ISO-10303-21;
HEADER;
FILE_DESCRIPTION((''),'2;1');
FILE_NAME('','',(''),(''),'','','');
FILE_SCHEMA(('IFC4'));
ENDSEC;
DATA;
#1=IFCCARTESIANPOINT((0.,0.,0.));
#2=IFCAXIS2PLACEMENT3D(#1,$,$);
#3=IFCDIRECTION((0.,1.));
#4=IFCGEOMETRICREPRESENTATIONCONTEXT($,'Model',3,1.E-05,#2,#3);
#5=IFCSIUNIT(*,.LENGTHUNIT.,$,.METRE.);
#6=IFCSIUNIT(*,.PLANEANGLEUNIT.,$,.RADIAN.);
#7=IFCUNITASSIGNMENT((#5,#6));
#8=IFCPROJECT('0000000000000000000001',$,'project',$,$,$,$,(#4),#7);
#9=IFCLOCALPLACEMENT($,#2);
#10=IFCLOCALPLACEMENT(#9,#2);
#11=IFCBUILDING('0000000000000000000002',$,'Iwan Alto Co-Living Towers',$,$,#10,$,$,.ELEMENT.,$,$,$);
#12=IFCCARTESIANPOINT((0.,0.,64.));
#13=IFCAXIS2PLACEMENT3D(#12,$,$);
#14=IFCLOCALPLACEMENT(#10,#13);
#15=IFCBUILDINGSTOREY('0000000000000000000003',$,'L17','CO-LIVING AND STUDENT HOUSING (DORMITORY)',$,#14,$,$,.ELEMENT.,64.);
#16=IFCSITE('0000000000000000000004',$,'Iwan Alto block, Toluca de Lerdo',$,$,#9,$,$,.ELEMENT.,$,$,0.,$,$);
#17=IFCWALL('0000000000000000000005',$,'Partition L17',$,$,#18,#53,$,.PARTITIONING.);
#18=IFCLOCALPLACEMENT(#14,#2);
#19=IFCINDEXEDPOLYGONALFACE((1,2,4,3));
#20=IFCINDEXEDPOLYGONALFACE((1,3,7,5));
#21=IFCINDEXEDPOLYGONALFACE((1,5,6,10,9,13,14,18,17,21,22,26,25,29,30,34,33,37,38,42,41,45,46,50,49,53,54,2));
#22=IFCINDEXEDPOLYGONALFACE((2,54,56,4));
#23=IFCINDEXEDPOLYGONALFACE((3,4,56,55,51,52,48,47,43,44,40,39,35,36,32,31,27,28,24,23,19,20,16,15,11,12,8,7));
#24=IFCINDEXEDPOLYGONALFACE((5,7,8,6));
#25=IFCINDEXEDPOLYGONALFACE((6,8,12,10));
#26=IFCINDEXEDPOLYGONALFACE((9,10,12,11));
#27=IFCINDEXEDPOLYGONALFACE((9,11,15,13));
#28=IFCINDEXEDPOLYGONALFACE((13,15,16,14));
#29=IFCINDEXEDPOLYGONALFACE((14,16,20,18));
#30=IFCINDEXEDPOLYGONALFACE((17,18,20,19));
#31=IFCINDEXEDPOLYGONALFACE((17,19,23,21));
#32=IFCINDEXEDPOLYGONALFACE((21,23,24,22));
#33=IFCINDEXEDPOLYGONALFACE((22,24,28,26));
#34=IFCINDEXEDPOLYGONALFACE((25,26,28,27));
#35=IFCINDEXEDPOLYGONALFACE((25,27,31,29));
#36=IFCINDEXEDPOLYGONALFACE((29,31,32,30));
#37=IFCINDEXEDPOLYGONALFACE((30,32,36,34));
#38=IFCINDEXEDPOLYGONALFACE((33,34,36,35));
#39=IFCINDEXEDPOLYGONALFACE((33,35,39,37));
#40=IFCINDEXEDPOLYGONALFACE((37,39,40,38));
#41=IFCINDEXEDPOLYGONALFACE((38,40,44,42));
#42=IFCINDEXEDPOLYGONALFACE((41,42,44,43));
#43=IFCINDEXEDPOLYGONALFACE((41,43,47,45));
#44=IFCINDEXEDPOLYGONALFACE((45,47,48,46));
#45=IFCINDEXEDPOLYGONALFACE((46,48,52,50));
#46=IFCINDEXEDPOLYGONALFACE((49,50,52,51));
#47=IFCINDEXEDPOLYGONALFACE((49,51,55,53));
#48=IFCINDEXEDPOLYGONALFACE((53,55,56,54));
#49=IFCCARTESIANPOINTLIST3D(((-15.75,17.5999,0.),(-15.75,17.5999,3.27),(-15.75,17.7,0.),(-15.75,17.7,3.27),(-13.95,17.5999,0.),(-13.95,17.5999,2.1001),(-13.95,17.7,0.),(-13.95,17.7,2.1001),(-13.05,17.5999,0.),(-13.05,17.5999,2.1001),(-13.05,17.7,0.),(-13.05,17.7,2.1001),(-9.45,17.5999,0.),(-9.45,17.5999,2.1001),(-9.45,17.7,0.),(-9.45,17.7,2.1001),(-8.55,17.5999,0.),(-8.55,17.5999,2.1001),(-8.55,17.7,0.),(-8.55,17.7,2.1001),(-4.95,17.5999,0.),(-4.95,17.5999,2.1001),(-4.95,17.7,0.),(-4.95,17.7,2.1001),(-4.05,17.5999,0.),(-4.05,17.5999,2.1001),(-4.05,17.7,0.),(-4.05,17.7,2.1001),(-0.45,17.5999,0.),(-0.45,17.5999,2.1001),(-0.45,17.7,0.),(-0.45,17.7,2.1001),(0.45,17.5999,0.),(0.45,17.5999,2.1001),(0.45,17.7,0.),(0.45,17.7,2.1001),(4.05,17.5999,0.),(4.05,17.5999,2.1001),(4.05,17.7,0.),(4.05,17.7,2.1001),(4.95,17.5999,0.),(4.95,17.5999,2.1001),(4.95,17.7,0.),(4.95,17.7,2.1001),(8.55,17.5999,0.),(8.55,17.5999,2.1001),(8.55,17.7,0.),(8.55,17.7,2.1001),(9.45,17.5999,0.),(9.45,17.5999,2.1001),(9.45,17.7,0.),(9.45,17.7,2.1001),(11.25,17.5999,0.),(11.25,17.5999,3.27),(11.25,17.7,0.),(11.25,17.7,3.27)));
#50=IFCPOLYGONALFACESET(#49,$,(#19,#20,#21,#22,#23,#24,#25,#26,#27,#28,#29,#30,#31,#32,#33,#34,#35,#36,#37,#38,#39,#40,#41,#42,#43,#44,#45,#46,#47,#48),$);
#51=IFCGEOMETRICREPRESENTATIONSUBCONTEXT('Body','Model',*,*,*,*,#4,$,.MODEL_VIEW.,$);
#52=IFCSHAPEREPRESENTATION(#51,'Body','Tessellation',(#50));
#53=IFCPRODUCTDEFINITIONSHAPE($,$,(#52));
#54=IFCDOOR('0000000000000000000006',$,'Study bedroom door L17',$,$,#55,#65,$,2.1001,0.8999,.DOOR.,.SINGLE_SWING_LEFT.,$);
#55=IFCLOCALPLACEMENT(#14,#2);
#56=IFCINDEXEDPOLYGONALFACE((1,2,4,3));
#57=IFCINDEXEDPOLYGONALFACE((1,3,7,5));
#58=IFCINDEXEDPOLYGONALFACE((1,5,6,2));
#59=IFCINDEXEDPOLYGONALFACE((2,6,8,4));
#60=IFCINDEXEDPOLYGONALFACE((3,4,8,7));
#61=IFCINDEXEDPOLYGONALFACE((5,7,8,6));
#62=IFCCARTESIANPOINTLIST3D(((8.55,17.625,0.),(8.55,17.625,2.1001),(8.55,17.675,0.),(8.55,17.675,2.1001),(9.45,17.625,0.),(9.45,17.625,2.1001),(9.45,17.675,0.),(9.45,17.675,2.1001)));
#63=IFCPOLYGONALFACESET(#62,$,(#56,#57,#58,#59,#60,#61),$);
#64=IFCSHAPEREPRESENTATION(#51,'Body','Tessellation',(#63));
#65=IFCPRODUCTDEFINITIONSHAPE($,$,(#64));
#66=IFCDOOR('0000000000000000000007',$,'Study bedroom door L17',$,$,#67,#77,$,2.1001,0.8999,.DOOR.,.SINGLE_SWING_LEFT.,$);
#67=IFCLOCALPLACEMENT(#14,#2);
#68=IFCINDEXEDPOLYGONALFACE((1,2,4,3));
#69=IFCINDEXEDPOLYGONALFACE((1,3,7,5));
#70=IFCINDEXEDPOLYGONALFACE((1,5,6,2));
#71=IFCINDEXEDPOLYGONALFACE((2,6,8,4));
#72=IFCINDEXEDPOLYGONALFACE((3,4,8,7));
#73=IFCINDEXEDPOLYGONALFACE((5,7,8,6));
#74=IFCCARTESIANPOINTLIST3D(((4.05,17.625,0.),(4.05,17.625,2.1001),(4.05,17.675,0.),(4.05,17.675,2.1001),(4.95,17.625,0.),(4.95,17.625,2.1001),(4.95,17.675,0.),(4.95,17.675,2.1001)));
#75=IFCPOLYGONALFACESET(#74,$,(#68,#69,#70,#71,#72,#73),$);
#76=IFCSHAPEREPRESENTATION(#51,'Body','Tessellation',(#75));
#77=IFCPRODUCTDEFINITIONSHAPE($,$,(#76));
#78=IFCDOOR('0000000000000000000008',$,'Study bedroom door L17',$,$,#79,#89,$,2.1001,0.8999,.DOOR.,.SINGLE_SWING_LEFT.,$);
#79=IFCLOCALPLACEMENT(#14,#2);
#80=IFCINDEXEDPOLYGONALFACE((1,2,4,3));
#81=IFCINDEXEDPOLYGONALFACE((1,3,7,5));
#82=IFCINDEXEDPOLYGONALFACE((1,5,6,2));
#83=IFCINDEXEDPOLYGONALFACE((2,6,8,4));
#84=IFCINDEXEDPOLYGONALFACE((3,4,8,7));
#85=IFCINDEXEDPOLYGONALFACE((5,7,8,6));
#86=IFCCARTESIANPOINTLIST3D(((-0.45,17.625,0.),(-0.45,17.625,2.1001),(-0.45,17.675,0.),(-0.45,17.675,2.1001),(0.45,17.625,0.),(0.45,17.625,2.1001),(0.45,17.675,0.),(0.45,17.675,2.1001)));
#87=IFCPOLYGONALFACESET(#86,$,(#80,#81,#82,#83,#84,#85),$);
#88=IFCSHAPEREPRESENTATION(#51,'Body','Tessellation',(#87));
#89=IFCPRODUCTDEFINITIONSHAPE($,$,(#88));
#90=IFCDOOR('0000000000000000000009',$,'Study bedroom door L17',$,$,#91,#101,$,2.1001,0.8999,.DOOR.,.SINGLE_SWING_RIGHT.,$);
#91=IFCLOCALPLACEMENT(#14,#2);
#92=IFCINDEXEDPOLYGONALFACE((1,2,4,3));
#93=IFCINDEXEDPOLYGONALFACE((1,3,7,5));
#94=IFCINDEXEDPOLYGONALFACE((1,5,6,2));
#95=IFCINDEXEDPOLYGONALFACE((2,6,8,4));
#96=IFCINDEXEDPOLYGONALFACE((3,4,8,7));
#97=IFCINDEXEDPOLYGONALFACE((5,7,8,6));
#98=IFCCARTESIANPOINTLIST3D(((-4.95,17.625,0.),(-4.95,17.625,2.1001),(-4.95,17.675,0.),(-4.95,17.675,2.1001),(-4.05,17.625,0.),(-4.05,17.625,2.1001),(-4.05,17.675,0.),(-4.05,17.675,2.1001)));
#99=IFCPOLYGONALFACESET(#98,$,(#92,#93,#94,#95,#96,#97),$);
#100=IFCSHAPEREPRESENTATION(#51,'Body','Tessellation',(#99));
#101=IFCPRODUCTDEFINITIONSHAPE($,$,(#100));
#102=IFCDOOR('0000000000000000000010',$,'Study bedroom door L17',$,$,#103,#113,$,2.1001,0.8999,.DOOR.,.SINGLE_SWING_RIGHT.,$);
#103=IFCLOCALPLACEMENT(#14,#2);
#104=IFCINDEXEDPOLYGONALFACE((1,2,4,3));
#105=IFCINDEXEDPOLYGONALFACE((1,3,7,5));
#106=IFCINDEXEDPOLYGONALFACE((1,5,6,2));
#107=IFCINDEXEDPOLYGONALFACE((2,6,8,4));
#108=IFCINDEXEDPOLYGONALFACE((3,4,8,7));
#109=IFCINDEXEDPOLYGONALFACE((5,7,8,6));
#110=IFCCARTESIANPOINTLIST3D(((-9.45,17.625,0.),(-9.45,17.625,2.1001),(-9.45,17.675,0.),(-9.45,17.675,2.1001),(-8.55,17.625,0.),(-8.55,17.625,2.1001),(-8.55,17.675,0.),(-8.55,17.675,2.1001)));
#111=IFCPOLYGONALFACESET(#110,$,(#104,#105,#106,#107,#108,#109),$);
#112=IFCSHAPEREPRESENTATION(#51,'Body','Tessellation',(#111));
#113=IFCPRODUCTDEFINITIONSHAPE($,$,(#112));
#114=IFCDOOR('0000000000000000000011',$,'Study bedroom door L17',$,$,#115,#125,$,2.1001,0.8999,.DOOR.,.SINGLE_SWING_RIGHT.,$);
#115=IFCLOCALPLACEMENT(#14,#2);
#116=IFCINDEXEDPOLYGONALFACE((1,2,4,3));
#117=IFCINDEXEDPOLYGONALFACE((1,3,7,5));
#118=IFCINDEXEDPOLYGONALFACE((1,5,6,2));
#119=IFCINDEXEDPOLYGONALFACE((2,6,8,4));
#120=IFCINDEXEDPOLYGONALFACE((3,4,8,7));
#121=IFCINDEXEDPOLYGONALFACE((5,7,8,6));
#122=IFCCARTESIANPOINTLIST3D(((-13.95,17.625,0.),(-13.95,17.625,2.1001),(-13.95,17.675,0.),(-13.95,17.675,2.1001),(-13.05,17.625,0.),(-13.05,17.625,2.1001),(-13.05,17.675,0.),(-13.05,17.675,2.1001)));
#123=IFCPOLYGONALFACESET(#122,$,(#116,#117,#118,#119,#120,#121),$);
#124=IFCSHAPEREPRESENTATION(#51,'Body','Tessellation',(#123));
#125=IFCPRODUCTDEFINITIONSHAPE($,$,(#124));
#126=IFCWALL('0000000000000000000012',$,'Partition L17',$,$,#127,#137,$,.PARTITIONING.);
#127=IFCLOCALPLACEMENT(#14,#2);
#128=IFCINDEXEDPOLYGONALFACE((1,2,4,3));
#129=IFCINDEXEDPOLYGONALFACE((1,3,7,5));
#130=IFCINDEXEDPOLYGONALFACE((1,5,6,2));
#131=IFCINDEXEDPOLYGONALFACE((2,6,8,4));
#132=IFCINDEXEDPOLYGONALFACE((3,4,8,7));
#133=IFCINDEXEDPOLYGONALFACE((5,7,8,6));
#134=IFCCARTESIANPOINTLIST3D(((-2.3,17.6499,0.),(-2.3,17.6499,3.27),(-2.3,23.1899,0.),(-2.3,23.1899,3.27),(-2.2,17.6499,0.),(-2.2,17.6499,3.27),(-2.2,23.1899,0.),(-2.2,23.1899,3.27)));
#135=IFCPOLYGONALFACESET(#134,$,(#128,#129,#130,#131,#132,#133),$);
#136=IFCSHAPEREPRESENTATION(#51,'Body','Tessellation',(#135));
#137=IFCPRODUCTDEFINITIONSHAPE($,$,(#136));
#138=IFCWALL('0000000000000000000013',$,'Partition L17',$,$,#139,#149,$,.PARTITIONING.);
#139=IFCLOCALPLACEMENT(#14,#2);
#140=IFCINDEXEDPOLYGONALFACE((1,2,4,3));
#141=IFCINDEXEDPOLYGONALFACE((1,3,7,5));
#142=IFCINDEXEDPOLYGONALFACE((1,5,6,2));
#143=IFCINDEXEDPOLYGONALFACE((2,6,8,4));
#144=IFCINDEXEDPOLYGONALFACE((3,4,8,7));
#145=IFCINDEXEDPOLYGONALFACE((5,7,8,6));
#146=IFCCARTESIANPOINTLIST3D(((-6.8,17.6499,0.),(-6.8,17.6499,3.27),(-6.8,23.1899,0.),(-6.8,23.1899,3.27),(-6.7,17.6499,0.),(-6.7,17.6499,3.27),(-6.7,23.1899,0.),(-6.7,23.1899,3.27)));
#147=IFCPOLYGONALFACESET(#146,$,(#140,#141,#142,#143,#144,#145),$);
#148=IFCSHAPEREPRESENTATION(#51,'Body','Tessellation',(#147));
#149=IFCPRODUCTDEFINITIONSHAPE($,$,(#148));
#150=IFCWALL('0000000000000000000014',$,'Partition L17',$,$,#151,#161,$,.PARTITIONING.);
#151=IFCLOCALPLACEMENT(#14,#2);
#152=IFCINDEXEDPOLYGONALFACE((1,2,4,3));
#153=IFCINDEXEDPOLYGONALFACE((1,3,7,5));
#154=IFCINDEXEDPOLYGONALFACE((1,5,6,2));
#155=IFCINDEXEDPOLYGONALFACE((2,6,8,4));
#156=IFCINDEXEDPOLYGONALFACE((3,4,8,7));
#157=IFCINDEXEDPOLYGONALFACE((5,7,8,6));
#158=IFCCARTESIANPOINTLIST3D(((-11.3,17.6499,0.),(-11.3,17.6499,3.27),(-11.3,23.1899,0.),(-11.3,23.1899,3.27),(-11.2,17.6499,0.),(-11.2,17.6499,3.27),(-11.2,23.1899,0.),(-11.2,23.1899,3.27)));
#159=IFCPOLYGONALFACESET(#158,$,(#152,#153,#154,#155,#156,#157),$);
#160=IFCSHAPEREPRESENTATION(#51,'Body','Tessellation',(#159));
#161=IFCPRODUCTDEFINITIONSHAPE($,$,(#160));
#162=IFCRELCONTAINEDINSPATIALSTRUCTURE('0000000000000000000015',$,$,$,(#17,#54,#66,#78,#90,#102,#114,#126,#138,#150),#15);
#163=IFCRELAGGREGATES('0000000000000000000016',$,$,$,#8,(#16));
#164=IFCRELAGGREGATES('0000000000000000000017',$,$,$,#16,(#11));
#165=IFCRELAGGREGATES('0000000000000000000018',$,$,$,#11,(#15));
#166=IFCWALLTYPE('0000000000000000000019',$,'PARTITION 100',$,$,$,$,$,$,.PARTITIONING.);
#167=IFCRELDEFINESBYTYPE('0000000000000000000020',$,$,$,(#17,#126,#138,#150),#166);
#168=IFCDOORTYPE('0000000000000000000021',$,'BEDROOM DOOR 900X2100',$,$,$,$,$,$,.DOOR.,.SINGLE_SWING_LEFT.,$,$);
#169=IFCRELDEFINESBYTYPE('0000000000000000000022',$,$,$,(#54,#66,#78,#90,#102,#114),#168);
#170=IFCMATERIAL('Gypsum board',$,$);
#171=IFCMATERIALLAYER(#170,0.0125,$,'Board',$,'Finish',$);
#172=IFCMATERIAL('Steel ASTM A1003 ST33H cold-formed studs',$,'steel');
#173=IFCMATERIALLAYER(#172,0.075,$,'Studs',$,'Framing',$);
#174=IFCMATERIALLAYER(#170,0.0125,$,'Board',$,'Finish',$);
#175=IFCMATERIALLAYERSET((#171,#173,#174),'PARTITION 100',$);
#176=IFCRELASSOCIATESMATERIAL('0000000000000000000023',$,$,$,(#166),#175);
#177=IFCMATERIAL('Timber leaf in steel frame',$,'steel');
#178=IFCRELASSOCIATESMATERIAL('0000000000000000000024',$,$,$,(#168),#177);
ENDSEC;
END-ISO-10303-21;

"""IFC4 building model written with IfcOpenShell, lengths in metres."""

from ifc_helpers import new_model, si_unit, direction, frame, frame_2d, origin, place, context, subcontext, project, spatial, rectangle, extrude, material, layer, layer_set, type_object, element, fill, save


model = new_model("IFC4")

# Units and contexts
model_context = context("Model", 3, precision=1e-05, world=origin(), true_north=direction((0.0, 1.0)))
body_context = subcontext(model_context, "Body", "Model", "MODEL_VIEW")
ifc_project = project(units=[si_unit("LENGTHUNIT", "METRE"), si_unit("PLANEANGLEUNIT", "RADIAN")], contexts=[model_context])

# Site, building, storey
site_placement = place(None, origin())
site = spatial("IfcSite", under=ifc_project, at=site_placement, Name="Iwan Alto block, Toluca de Lerdo", CompositionType="ELEMENT", RefElevation=0.0)
building_placement = place(site_placement, origin())
building = spatial("IfcBuilding", under=site, at=building_placement, Name="Iwan Alto Co-Living Towers", CompositionType="ELEMENT")
storey_placement = place(building_placement, frame((0.0, 0.0, 64.0)))
storey = spatial("IfcBuildingStorey", under=building, at=storey_placement, Name="L17", Description="CO-LIVING AND STUDENT HOUSING (DORMITORY)", CompositionType="ELEMENT", Elevation=64.0)

# Wall, openings, doors
ifc_material_1 = material(Name="Gypsum board")
ifc_layer_1 = layer(ifc_material_1, 0.0125, Name="Board", Category="Finish")
ifc_material_2 = material(Name="Steel ASTM A1003 ST33H cold-formed studs", Category="steel")
ifc_layer_2 = layer(ifc_material_2, 0.075, Name="Studs", Category="Framing")
ifc_layer_3 = layer(ifc_material_1, 0.0125, Name="Board", Category="Finish")
ifc_layer_set_1 = layer_set([ifc_layer_1, ifc_layer_2, ifc_layer_3], Name="PARTITION 100")
wall_type = type_object("IfcWallType", Name="PARTITION 100", PredefinedType="PARTITIONING", material=ifc_layer_set_1)
wall_placement = place(storey_placement, frame((-15.75, 17.6499, 0.0), z_axis=(0.0, 0.0, 1.0), x_axis=(1.0, 0.0, 0.0)))
wall = element("IfcWall", 1, at=wall_placement, inside=storey, type_object=wall_type, Name="Partition L17", PredefinedType="PARTITIONING", context=body_context, shape_type="SweptSolid", body=[
    extrude(rectangle(XDim=27.0, YDim=0.1001, at=frame_2d((13.5, 0.0))), origin(), (0.0, 0.0, 1.0), 3.27),
])
opening_1_placement = place(wall_placement, frame((24.3, 0.0, 0.0)))
opening_1 = element("IfcOpeningElement", 2, at=opening_1_placement, cuts=wall, PredefinedType="OPENING", context=body_context, shape_type="SweptSolid", body=[
    extrude(rectangle(XDim=0.8999, YDim=2.1001, at=frame_2d((0.45, 1.05))), frame((0.0, 0.0601, 0.0), z_axis=(0.0, -1.0, 0.0), x_axis=(1.0, 0.0, 0.0)), (0.0, 0.0, 1.0), 0.1201),
])
opening_2_placement = place(wall_placement, frame((19.8, 0.0, 0.0)))
opening_2 = element("IfcOpeningElement", 3, at=opening_2_placement, cuts=wall, PredefinedType="OPENING", context=body_context, shape_type="SweptSolid", body=[
    extrude(rectangle(XDim=0.8999, YDim=2.1001, at=frame_2d((0.45, 1.05))), frame((0.0, 0.0601, 0.0), z_axis=(0.0, -1.0, 0.0), x_axis=(1.0, 0.0, 0.0)), (0.0, 0.0, 1.0), 0.1201),
])
opening_3_placement = place(wall_placement, frame((15.3, 0.0, 0.0)))
opening_3 = element("IfcOpeningElement", 4, at=opening_3_placement, cuts=wall, PredefinedType="OPENING", context=body_context, shape_type="SweptSolid", body=[
    extrude(rectangle(XDim=0.8999, YDim=2.1001, at=frame_2d((0.45, 1.05))), frame((0.0, 0.0601, 0.0), z_axis=(0.0, -1.0, 0.0), x_axis=(1.0, 0.0, 0.0)), (0.0, 0.0, 1.0), 0.1201),
])
opening_4_placement = place(wall_placement, frame((10.8, 0.0, 0.0)))
opening_4 = element("IfcOpeningElement", 5, at=opening_4_placement, cuts=wall, PredefinedType="OPENING", context=body_context, shape_type="SweptSolid", body=[
    extrude(rectangle(XDim=0.8999, YDim=2.1001, at=frame_2d((0.45, 1.05))), frame((0.0, 0.0601, 0.0), z_axis=(0.0, -1.0, 0.0), x_axis=(1.0, 0.0, 0.0)), (0.0, 0.0, 1.0), 0.1201),
])
opening_5_placement = place(wall_placement, frame((6.3, 0.0, 0.0)))
opening_5 = element("IfcOpeningElement", 6, at=opening_5_placement, cuts=wall, PredefinedType="OPENING", context=body_context, shape_type="SweptSolid", body=[
    extrude(rectangle(XDim=0.8999, YDim=2.1001, at=frame_2d((0.45, 1.05))), frame((0.0, 0.0601, 0.0), z_axis=(0.0, -1.0, 0.0), x_axis=(1.0, 0.0, 0.0)), (0.0, 0.0, 1.0), 0.1201),
])
opening_6_placement = place(wall_placement, frame((1.8, 0.0, 0.0)))
opening_6 = element("IfcOpeningElement", 7, at=opening_6_placement, cuts=wall, PredefinedType="OPENING", context=body_context, shape_type="SweptSolid", body=[
    extrude(rectangle(XDim=0.8999, YDim=2.1001, at=frame_2d((0.45, 1.05))), frame((0.0, 0.0601, 0.0), z_axis=(0.0, -1.0, 0.0), x_axis=(1.0, 0.0, 0.0)), (0.0, 0.0, 1.0), 0.1201),
])
ifc_material_3 = material(Name="Timber leaf in steel frame", Category="steel")
door_type = type_object("IfcDoorType", Name="BEDROOM DOOR 900X2100", OperationType="SINGLE_SWING_LEFT", PredefinedType="DOOR", material=ifc_material_3)
door_1_placement = place(opening_1_placement, frame((0.8999, 0.0, 0.0), z_axis=(0.0, 0.0, 1.0), x_axis=(-1.0, 0.0, 0.0)))
door_1 = element("IfcDoor", 8, at=door_1_placement, inside=storey, type_object=door_type, Name="Study bedroom door L17", OperationType="SINGLE_SWING_LEFT", OverallHeight=2.1001, OverallWidth=0.8999, PredefinedType="DOOR", context=body_context, shape_type="SweptSolid", body=[
    extrude(rectangle(XDim=0.8999, YDim=2.1001, at=frame_2d((0.45, 1.05))), frame((0.0, 0.0249, 0.0), z_axis=(0.0, -1.0, 0.0), x_axis=(1.0, 0.0, 0.0)), (0.0, 0.0, 1.0), 0.05),
])
fill(opening_1, door_1)
door_2_placement = place(opening_2_placement, frame((0.8999, 0.0, 0.0), z_axis=(0.0, 0.0, 1.0), x_axis=(-1.0, 0.0, 0.0)))
door_2 = element("IfcDoor", 9, at=door_2_placement, inside=storey, type_object=door_type, Name="Study bedroom door L17", OperationType="SINGLE_SWING_LEFT", OverallHeight=2.1001, OverallWidth=0.8999, PredefinedType="DOOR", context=body_context, shape_type="SweptSolid", body=[
    extrude(rectangle(XDim=0.8999, YDim=2.1001, at=frame_2d((0.45, 1.05))), frame((0.0, 0.0249, 0.0), z_axis=(0.0, -1.0, 0.0), x_axis=(1.0, 0.0, 0.0)), (0.0, 0.0, 1.0), 0.05),
])
fill(opening_2, door_2)
door_3_placement = place(opening_3_placement, frame((0.8999, 0.0, 0.0), z_axis=(0.0, 0.0, 1.0), x_axis=(-1.0, 0.0, 0.0)))
door_3 = element("IfcDoor", 10, at=door_3_placement, inside=storey, type_object=door_type, Name="Study bedroom door L17", OperationType="SINGLE_SWING_LEFT", OverallHeight=2.1001, OverallWidth=0.8999, PredefinedType="DOOR", context=body_context, shape_type="SweptSolid", body=[
    extrude(rectangle(XDim=0.8999, YDim=2.1001, at=frame_2d((0.45, 1.05))), frame((0.0, 0.0249, 0.0), z_axis=(0.0, -1.0, 0.0), x_axis=(1.0, 0.0, 0.0)), (0.0, 0.0, 1.0), 0.05),
])
fill(opening_3, door_3)
door_4_placement = place(opening_4_placement, frame((0.8999, 0.0, 0.0), z_axis=(0.0, 0.0, 1.0), x_axis=(-1.0, 0.0, 0.0)))
door_4 = element("IfcDoor", 11, at=door_4_placement, inside=storey, type_object=door_type, Name="Study bedroom door L17", OperationType="SINGLE_SWING_RIGHT", OverallHeight=2.1001, OverallWidth=0.8999, PredefinedType="DOOR", context=body_context, shape_type="SweptSolid", body=[
    extrude(rectangle(XDim=0.8999, YDim=2.1001, at=frame_2d((0.45, 1.05))), frame((0.0, 0.0249, 0.0), z_axis=(0.0, -1.0, 0.0), x_axis=(1.0, 0.0, 0.0)), (0.0, 0.0, 1.0), 0.05),
])
fill(opening_4, door_4)
door_5_placement = place(opening_5_placement, frame((0.8999, 0.0, 0.0), z_axis=(0.0, 0.0, 1.0), x_axis=(-1.0, 0.0, 0.0)))
door_5 = element("IfcDoor", 12, at=door_5_placement, inside=storey, type_object=door_type, Name="Study bedroom door L17", OperationType="SINGLE_SWING_RIGHT", OverallHeight=2.1001, OverallWidth=0.8999, PredefinedType="DOOR", context=body_context, shape_type="SweptSolid", body=[
    extrude(rectangle(XDim=0.8999, YDim=2.1001, at=frame_2d((0.45, 1.05))), frame((0.0, 0.0249, 0.0), z_axis=(0.0, -1.0, 0.0), x_axis=(1.0, 0.0, 0.0)), (0.0, 0.0, 1.0), 0.05),
])
fill(opening_5, door_5)
door_6_placement = place(opening_6_placement, frame((0.8999, 0.0, 0.0), z_axis=(0.0, 0.0, 1.0), x_axis=(-1.0, 0.0, 0.0)))
door_6 = element("IfcDoor", 13, at=door_6_placement, inside=storey, type_object=door_type, Name="Study bedroom door L17", OperationType="SINGLE_SWING_RIGHT", OverallHeight=2.1001, OverallWidth=0.8999, PredefinedType="DOOR", context=body_context, shape_type="SweptSolid", body=[
    extrude(rectangle(XDim=0.8999, YDim=2.1001, at=frame_2d((0.45, 1.05))), frame((0.0, 0.0249, 0.0), z_axis=(0.0, -1.0, 0.0), x_axis=(1.0, 0.0, 0.0)), (0.0, 0.0, 1.0), 0.05),
])
fill(opening_6, door_6)

# Walls
for number, where, z_axis, x_axis, name in (
    (14, (-2.25, 17.6499, 0.0), (0.0, 0.0, 1.0), (0.0, 1.0, 0.0), "Partition L17"),
    (15, (-6.75, 17.6499, 0.0), (0.0, 0.0, 1.0), (0.0, 1.0, 0.0), "Partition L17"),
    (16, (-11.25, 17.6499, 0.0), (0.0, 0.0, 1.0), (0.0, 1.0, 0.0), "Partition L17"),
):
    element("IfcWall", number, at=place(storey_placement, frame(where, z_axis=z_axis, x_axis=x_axis)), inside=storey, type_object=wall_type, Name=name, PredefinedType="PARTITIONING", context=body_context, shape_type="SweptSolid", body=[
        extrude(rectangle(XDim=5.54, YDim=0.1001, at=frame_2d((2.77, 0.0))), origin(), (0.0, 0.0, 1.0), 3.27),
    ])

save(model, "model.ifc")
